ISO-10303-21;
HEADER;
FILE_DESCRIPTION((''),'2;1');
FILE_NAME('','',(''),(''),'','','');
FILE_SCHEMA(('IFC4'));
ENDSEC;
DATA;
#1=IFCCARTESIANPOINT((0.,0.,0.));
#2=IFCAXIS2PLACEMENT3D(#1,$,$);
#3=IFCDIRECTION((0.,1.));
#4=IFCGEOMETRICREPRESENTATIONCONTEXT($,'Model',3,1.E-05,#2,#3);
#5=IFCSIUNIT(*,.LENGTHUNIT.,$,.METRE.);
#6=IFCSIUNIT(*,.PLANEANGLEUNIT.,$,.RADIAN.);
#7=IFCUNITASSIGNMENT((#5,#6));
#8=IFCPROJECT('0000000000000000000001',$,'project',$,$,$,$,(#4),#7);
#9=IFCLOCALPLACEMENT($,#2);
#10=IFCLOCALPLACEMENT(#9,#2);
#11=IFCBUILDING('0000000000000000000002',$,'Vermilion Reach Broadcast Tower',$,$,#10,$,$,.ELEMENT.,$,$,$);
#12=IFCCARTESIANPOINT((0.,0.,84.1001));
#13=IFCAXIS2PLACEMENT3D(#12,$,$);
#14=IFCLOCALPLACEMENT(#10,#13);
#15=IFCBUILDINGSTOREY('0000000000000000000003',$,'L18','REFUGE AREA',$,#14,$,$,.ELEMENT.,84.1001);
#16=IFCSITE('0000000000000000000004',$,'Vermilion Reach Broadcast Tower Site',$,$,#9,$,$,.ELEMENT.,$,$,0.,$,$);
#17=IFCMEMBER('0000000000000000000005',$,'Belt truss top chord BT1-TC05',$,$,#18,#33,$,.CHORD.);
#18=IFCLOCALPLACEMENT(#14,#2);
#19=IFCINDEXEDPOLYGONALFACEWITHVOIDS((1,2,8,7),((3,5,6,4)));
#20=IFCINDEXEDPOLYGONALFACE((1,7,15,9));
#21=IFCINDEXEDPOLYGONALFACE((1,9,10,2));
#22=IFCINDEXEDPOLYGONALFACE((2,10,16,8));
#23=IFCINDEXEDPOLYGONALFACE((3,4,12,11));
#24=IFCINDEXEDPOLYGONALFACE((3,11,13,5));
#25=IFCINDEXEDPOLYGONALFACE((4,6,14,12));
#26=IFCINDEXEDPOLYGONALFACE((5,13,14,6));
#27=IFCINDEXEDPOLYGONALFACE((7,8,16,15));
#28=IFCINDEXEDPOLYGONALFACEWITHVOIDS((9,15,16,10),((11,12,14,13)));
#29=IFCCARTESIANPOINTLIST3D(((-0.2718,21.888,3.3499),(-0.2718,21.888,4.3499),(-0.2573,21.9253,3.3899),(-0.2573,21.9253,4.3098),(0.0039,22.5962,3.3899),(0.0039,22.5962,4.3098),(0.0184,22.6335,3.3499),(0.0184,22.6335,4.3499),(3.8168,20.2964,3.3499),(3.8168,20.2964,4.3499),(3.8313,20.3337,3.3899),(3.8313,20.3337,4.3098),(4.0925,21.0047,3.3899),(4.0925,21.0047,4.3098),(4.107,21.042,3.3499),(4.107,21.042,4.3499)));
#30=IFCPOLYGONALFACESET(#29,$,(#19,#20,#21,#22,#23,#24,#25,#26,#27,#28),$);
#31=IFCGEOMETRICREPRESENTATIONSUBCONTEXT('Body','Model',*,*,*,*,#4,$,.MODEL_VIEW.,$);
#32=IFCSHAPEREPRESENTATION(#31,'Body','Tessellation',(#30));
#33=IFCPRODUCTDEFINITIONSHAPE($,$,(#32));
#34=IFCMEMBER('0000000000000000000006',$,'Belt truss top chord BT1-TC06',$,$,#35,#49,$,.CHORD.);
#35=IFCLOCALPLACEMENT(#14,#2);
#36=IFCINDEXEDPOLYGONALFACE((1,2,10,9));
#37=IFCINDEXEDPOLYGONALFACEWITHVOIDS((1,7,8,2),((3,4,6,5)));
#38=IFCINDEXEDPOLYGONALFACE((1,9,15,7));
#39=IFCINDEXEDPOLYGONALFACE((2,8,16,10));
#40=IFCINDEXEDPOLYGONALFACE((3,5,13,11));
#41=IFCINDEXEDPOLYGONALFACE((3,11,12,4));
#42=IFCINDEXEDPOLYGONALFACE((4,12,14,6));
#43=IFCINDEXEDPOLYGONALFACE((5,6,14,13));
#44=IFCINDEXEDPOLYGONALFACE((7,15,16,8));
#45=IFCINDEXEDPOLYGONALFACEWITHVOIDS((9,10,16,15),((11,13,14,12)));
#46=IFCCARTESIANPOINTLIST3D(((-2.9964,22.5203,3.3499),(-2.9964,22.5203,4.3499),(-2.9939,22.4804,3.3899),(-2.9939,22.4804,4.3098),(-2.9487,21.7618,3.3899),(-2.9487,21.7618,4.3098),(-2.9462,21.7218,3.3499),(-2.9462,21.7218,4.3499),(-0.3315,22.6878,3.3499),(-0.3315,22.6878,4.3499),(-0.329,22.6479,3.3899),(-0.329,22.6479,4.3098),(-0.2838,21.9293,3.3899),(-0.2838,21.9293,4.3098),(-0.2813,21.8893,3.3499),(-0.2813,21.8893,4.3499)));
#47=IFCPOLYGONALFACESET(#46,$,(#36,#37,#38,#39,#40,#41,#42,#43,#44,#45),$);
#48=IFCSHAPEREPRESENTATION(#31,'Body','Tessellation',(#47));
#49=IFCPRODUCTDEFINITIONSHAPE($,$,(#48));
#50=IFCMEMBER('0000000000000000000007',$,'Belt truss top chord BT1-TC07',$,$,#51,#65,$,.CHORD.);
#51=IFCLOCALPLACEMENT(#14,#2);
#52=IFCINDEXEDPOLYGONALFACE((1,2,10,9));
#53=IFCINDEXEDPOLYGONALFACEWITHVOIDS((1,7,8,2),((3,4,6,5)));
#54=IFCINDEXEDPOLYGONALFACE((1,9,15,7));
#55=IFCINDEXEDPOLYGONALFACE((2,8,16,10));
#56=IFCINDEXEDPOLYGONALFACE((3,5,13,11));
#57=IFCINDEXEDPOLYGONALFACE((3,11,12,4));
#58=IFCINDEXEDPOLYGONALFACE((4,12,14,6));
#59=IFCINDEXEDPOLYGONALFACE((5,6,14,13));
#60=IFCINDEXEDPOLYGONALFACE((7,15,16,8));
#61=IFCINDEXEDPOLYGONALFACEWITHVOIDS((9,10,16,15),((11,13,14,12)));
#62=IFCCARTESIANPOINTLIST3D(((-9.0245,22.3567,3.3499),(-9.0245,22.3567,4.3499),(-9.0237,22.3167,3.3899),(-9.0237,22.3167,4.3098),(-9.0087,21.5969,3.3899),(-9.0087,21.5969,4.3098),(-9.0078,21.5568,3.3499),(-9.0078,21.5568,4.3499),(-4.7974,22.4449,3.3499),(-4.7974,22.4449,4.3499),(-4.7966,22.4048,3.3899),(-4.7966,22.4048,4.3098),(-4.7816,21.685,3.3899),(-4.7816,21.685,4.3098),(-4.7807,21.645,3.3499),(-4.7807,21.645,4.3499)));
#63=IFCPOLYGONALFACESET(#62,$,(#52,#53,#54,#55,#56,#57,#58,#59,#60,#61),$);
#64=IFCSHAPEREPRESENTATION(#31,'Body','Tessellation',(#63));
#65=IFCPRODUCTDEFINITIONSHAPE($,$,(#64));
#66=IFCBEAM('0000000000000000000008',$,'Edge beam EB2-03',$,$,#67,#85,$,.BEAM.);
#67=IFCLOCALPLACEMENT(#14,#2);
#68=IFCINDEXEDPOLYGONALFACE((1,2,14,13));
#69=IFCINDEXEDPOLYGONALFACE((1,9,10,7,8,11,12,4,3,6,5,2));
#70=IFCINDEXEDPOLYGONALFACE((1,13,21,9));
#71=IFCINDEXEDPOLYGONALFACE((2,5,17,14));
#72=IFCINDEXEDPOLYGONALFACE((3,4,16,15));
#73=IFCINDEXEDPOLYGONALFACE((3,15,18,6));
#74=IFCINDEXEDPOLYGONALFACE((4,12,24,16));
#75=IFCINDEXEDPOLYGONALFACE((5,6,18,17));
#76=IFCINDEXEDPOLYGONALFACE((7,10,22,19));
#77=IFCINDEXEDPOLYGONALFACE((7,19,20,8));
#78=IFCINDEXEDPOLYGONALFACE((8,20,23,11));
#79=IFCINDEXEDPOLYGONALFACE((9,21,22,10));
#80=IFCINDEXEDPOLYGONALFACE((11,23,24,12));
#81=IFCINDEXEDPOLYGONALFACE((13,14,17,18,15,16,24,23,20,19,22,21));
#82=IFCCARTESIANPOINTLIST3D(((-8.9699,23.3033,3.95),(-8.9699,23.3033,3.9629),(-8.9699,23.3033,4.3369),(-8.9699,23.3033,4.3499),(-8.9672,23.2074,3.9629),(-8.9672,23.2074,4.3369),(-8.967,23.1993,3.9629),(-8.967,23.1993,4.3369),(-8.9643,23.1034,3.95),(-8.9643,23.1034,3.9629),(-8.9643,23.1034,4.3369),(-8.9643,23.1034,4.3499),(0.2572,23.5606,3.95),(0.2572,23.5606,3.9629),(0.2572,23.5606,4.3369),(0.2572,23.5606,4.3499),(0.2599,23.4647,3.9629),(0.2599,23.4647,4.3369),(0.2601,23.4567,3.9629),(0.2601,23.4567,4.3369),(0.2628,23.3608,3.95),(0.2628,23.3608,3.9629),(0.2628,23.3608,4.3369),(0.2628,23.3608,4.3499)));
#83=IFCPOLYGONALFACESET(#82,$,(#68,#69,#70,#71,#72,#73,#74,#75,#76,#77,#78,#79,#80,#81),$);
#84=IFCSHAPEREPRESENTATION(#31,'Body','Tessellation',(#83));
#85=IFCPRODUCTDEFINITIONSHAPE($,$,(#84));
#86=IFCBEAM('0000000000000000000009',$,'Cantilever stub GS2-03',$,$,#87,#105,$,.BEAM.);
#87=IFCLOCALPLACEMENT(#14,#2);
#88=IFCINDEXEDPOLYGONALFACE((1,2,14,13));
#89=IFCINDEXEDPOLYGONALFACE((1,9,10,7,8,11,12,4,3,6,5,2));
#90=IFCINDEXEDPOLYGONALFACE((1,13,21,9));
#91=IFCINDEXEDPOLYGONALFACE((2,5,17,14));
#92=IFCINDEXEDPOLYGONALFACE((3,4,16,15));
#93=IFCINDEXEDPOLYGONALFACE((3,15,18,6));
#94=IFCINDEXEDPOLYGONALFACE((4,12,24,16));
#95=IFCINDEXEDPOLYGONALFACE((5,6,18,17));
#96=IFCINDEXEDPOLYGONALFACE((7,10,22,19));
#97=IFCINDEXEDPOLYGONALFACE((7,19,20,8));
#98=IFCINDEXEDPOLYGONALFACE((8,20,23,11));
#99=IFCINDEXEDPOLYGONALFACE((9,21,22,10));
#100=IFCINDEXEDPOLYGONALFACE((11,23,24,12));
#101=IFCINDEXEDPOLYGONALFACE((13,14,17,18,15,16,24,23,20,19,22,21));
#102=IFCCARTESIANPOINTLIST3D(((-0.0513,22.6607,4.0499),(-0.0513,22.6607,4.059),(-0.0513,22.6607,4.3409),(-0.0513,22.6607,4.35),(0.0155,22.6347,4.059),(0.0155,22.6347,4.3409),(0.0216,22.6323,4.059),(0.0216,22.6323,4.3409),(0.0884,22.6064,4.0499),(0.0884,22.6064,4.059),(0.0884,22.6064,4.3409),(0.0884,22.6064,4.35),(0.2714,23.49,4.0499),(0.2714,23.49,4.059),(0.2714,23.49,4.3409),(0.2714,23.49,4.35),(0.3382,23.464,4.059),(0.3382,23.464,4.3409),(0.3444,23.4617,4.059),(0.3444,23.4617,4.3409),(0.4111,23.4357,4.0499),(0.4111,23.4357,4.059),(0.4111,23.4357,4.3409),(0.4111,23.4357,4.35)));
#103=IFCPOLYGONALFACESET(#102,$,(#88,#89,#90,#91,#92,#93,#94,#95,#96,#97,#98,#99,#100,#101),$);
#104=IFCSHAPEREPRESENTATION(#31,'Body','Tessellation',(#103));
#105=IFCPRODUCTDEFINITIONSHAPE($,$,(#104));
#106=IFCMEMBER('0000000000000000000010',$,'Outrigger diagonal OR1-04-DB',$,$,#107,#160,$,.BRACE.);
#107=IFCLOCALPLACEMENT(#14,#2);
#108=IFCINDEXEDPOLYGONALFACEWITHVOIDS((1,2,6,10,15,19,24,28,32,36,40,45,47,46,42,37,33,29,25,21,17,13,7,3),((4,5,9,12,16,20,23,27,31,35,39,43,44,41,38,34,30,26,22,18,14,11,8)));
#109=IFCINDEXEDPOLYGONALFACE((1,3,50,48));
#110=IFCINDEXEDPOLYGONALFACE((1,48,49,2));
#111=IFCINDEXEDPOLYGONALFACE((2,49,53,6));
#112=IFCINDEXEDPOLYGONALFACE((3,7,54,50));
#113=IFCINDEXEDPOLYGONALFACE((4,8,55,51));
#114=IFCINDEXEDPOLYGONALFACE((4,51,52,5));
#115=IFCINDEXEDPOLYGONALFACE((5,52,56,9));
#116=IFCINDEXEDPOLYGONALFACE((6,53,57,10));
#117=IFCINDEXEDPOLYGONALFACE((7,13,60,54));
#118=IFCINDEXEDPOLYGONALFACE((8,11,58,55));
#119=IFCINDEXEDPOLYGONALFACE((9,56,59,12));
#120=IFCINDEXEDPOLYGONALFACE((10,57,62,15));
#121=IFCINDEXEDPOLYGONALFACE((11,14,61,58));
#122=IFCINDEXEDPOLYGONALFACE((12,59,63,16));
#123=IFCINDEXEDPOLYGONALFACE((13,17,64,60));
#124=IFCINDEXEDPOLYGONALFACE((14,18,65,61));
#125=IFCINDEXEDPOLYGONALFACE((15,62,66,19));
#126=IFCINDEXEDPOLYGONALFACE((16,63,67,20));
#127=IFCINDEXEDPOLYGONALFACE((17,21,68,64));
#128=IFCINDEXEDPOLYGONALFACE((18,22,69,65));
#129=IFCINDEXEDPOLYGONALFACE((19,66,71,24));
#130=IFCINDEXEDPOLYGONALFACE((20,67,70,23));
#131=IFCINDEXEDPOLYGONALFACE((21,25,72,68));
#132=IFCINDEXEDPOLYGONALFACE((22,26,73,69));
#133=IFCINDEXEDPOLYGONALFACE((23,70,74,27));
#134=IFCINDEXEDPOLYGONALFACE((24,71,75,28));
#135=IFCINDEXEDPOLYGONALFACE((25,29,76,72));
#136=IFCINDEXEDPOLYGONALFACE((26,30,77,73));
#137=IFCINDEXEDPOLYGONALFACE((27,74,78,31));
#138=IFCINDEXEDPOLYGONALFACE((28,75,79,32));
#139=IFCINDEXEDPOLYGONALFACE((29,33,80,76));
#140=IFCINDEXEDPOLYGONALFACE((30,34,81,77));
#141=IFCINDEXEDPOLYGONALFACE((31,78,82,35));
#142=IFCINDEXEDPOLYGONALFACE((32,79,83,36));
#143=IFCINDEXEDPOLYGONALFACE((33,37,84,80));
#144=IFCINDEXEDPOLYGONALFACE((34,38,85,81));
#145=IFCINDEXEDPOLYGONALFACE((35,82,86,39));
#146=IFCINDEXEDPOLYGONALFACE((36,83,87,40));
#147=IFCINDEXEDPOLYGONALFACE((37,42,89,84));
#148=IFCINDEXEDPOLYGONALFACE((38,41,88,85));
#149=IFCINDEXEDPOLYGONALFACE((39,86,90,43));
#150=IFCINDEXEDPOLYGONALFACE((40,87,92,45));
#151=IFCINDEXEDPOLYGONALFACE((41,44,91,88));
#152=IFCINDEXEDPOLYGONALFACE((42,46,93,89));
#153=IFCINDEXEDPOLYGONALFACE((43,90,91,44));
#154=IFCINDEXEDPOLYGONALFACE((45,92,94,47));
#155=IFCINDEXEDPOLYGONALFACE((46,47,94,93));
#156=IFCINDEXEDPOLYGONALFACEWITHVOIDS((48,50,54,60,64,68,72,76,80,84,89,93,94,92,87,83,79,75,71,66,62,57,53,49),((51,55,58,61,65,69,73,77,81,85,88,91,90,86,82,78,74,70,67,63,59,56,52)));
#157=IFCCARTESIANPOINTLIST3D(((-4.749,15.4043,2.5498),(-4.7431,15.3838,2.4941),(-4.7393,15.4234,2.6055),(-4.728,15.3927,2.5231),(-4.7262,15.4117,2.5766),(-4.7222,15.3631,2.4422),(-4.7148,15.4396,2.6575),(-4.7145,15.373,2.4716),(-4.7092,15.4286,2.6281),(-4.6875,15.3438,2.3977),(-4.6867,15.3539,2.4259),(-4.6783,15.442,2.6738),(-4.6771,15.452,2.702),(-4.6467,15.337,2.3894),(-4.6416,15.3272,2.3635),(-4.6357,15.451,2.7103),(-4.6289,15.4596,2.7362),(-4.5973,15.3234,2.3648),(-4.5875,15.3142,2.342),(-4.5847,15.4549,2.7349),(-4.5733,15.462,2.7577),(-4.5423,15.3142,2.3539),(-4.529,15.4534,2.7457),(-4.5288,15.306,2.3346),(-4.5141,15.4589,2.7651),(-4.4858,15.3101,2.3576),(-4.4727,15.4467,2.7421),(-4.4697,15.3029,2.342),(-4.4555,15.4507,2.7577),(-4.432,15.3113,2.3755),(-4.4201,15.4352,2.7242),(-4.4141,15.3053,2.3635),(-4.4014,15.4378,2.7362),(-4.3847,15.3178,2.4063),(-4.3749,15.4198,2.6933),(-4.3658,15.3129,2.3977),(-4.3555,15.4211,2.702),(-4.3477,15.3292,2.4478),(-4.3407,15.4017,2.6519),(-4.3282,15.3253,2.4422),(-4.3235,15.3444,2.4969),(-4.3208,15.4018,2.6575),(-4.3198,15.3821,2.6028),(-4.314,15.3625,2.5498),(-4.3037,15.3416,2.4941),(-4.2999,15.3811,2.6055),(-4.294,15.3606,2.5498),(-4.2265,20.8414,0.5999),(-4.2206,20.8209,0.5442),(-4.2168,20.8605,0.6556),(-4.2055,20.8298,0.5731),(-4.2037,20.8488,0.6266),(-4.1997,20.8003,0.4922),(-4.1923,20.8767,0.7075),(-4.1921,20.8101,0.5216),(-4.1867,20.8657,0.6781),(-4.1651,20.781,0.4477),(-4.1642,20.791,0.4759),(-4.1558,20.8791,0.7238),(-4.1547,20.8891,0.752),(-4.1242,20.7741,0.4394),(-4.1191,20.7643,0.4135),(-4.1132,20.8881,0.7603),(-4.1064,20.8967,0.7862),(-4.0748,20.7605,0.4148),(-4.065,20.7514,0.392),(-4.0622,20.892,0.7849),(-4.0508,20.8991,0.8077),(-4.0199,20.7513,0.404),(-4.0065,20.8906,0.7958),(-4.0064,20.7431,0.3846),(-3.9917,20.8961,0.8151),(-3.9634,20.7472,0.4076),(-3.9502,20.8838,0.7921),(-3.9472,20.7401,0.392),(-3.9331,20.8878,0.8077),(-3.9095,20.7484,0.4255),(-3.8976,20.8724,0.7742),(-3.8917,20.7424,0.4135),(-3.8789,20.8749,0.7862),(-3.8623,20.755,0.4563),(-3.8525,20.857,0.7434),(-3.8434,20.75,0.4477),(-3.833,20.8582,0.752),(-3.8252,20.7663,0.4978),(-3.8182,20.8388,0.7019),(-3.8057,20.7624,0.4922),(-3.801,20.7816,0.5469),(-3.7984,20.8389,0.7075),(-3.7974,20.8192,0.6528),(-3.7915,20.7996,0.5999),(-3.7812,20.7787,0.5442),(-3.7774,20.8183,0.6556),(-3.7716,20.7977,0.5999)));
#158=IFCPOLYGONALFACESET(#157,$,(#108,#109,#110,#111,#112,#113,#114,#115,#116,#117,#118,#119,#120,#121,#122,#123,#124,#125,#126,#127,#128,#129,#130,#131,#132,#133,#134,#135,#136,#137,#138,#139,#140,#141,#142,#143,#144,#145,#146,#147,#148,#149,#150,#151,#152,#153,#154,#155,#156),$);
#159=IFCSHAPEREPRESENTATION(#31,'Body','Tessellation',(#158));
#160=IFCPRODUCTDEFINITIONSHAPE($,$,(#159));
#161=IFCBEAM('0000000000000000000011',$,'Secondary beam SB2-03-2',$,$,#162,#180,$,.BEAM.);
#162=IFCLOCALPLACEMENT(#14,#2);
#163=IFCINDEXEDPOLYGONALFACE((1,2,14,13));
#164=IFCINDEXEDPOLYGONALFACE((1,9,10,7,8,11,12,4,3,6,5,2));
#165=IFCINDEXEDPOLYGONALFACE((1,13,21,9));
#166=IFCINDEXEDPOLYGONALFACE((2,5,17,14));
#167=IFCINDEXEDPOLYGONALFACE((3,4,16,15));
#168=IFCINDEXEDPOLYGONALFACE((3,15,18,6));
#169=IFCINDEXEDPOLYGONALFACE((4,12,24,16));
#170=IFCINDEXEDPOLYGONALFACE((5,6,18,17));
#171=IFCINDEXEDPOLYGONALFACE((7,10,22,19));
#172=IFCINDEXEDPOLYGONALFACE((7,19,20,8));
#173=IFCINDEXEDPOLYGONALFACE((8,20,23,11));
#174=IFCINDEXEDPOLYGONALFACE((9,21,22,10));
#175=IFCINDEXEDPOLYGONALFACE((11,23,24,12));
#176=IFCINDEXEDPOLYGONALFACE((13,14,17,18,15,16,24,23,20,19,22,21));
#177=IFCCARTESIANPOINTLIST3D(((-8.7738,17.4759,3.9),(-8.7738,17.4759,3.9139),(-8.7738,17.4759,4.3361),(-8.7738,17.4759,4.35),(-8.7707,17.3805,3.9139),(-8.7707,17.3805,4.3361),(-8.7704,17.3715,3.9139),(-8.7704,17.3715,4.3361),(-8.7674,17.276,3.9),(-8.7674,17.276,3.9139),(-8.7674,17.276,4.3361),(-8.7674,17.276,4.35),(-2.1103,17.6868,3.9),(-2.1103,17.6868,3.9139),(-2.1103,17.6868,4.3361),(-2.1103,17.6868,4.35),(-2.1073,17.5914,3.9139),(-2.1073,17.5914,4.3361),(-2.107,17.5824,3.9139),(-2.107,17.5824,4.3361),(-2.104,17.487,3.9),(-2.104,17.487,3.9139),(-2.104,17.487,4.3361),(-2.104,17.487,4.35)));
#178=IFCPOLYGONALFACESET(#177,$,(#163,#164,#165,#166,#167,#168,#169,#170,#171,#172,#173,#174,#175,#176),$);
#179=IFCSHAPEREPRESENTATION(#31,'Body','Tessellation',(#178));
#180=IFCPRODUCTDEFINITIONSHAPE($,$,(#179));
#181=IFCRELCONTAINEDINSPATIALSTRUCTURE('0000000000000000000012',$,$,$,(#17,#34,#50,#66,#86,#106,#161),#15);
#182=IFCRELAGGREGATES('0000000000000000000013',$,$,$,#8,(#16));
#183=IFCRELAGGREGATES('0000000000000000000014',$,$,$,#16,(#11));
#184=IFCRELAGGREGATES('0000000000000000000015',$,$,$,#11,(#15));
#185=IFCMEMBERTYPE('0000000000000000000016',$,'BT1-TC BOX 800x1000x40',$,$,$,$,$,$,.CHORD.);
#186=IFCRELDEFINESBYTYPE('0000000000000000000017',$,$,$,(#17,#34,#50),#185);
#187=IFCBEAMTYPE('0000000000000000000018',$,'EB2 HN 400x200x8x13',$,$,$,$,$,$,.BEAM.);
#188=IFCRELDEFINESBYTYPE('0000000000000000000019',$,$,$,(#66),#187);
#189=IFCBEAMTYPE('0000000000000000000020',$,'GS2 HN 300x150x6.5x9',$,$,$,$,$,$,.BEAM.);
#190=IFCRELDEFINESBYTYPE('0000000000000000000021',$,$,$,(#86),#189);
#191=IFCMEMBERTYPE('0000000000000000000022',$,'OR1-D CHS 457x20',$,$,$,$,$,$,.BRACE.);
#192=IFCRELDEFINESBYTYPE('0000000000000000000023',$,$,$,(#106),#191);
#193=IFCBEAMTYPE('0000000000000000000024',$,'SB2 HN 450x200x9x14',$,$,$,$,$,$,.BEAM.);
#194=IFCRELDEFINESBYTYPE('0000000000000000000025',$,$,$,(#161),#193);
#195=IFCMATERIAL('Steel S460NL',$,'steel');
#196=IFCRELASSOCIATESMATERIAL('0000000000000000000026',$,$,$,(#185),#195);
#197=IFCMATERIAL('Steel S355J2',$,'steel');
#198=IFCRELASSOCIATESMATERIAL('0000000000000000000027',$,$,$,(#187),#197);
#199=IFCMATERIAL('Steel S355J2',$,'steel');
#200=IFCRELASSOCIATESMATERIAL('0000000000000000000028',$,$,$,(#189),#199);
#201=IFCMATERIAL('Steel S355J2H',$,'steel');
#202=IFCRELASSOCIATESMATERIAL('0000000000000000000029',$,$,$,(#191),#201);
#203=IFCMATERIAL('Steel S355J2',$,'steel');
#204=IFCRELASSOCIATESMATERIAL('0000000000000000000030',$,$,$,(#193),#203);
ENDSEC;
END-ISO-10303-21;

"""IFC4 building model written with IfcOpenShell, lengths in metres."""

from ifc_helpers import new_model, si_unit, direction, frame, origin, origin_2d, place, context, subcontext, project, spatial, hollow_rectangle, hollow_circle, i_section, extrude, material, material_profile, profile_set, type_object, element, save


model = new_model("IFC4")

# Units and contexts
model_context = context("Model", 3, precision=1e-05, world=origin(), true_north=direction((0.0, 1.0)))
body_context = subcontext(model_context, "Body", "Model", "MODEL_VIEW")
ifc_project = project(units=[si_unit("LENGTHUNIT", "METRE"), si_unit("PLANEANGLEUNIT", "RADIAN")], contexts=[model_context])

# Site, building, storey
site_placement = place(None, origin())
site = spatial("IfcSite", under=ifc_project, at=site_placement, Name="Vermilion Reach Broadcast Tower Site", CompositionType="ELEMENT", RefElevation=0.0)
building_placement = place(site_placement, origin())
building = spatial("IfcBuilding", under=site, at=building_placement, Name="Vermilion Reach Broadcast Tower", CompositionType="ELEMENT")
storey_placement = place(building_placement, frame((0.0, 0.0, 84.1001)))
storey = spatial("IfcBuildingStorey", under=building, at=storey_placement, Name="L18", Description="REFUGE AREA", CompositionType="ELEMENT", Elevation=84.1001)

# Members
ifc_material_1 = material(Name="Steel S460NL", Category="steel")
ifc_material_profile_1 = material_profile(ifc_material_1, hollow_rectangle(XDim=0.8, YDim=1.0, WallThickness=0.04, at=origin_2d()), Name="S460NL BOX 800x1000x40")
ifc_profile_set_1 = profile_set([ifc_material_profile_1], Name="Steel S460NL")
member_type_1 = type_object("IfcMemberType", Name="BT1-TC BOX 800x1000x40", PredefinedType="CHORD", material=ifc_profile_set_1)
member_1_placement = place(storey_placement, frame((3.9619, 20.6692, 3.8499), z_axis=(-0.931887, 0.36275, 0.0), x_axis=(-0.36275, -0.931887, 0.0)))
element("IfcMember", 1, at=member_1_placement, inside=storey, type_object=member_type_1, Name="Belt truss top chord BT1-TC05", PredefinedType="CHORD", context=body_context, shape_type="SweptSolid", body=[
    extrude(hollow_rectangle(XDim=0.8, YDim=1.0, WallThickness=0.04, at=origin_2d()), origin(), (0.0, 0.0, 1.0), 4.3875),
])
member_2_placement = place(storey_placement, frame((-0.3064, 22.2886, 3.8499), z_axis=(-0.998031, -0.062726, 0.0), x_axis=(0.062726, -0.998031, 0.0)))
element("IfcMember", 2, at=member_2_placement, inside=storey, type_object=member_type_1, Name="Belt truss top chord BT1-TC06", PredefinedType="CHORD", context=body_context, shape_type="SweptSolid", body=[
    extrude(hollow_rectangle(XDim=0.8, YDim=1.0, WallThickness=0.04, at=origin_2d()), origin(), (0.0, 0.0, 1.0), 2.6702),
])
member_3_placement = place(storey_placement, frame((-4.7891, 22.0449, 3.8499), z_axis=(-0.999783, -0.020846, 0.0), x_axis=(0.020846, -0.999783, 0.0)))
element("IfcMember", 3, at=member_3_placement, inside=storey, type_object=member_type_1, Name="Belt truss top chord BT1-TC07", PredefinedType="CHORD", context=body_context, shape_type="SweptSolid", body=[
    extrude(hollow_rectangle(XDim=0.8, YDim=1.0, WallThickness=0.04, at=origin_2d()), origin(), (0.0, 0.0, 1.0), 4.228),
])

# Beams
ifc_material_2 = material(Name="Steel S355J2", Category="steel")
ifc_material_profile_2 = material_profile(ifc_material_2, i_section(OverallWidth=0.2, OverallDepth=0.3999, WebThickness=0.0081, FlangeThickness=0.0129, at=origin_2d()), Name="S355J2 HN 400x200x8x13")
ifc_profile_set_2 = profile_set([ifc_material_profile_2], Name="Steel S355J2")
beam_type_1 = type_object("IfcBeamType", Name="EB2 HN 400x200x8x13", PredefinedType="BEAM", material=ifc_profile_set_2)
beam_1_placement = place(storey_placement, frame((0.26, 23.4607, 4.1499), z_axis=(-0.999611, -0.027877, 0.0), x_axis=(0.027877, -0.999611, 0.0)))
element("IfcBeam", 4, at=beam_1_placement, inside=storey, type_object=beam_type_1, Name="Edge beam EB2-03", PredefinedType="BEAM", context=body_context, shape_type="SweptSolid", body=[
    extrude(i_section(OverallWidth=0.2, OverallDepth=0.3999, WebThickness=0.0081, FlangeThickness=0.0129, at=origin_2d()), origin(), (0.0, 0.0, 1.0), 9.2307),
])
ifc_material_3 = material(Name="Steel S355J2", Category="steel")
ifc_material_profile_3 = material_profile(ifc_material_3, i_section(OverallWidth=0.1499, OverallDepth=0.3, WebThickness=0.0066, FlangeThickness=0.009, at=origin_2d()), Name="S355J2 HN 300x150x6.5x9")
ifc_profile_set_3 = profile_set([ifc_material_profile_3], Name="Steel S355J2")
beam_type_2 = type_object("IfcBeamType", Name="GS2 HN 300x150x6.5x9", PredefinedType="BEAM", material=ifc_profile_set_3)
beam_2_placement = place(storey_placement, frame((0.0186, 22.6335, 4.2), z_axis=(0.362671, 0.931917, 0.0), x_axis=(-0.931917, 0.362671, 0.0)))
element("IfcBeam", 5, at=beam_2_placement, inside=storey, type_object=beam_type_2, Name="Cantilever stub GS2-03", PredefinedType="BEAM", context=body_context, shape_type="SweptSolid", body=[
    extrude(i_section(OverallWidth=0.1499, OverallDepth=0.3, WebThickness=0.0066, FlangeThickness=0.009, at=origin_2d()), origin(), (0.0, 0.0, 1.0), 0.8899),
])

# Member
ifc_material_4 = material(Name="Steel S355J2H", Category="steel")
ifc_material_profile_4 = material_profile(ifc_material_4, hollow_circle(Radius=0.2285, WallThickness=0.02, at=origin_2d()), Name="S355J2H CHS 457x20")
ifc_profile_set_4 = profile_set([ifc_material_profile_4], Name="Steel S355J2H")
member_type_2 = type_object("IfcMemberType", Name="OR1-D CHS 457x20", PredefinedType="BRACE", material=ifc_profile_set_4)
member_4_placement = place(storey_placement, frame((-3.999, 20.8196, 0.5999), z_axis=(-0.090084, -0.937466, 0.336217), x_axis=(0.995415, -0.095653, 0.0)))
element("IfcMember", 6, at=member_4_placement, inside=storey, type_object=member_type_2, Name="Outrigger diagonal OR1-04-DB", PredefinedType="BRACE", context=body_context, shape_type="SweptSolid", body=[
    extrude(hollow_circle(Radius=0.2285, WallThickness=0.02, at=origin_2d()), origin(), (0.0, 0.0, 1.0), 5.7998),
])

# Beam
ifc_material_5 = material(Name="Steel S355J2", Category="steel")
ifc_material_profile_5 = material_profile(ifc_material_5, i_section(OverallWidth=0.2, OverallDepth=0.45, WebThickness=0.009, FlangeThickness=0.0139, at=origin_2d()), Name="S355J2 HN 450x200x9x14")
ifc_profile_set_5 = profile_set([ifc_material_profile_5], Name="Steel S355J2")
beam_type_3 = type_object("IfcBeamType", Name="SB2 HN 450x200x9x14", PredefinedType="BEAM", material=ifc_profile_set_5)
beam_3_placement = place(storey_placement, frame((-2.1072, 17.5869, 4.125), z_axis=(-0.999499, -0.031641, 0.0), x_axis=(0.031641, -0.999499, 0.0)))
element("IfcBeam", 7, at=beam_3_placement, inside=storey, type_object=beam_type_3, Name="Secondary beam SB2-03-2", PredefinedType="BEAM", context=body_context, shape_type="SweptSolid", body=[
    extrude(i_section(OverallWidth=0.2, OverallDepth=0.45, WebThickness=0.009, FlangeThickness=0.0139, at=origin_2d()), origin(), (0.0, 0.0, 1.0), 6.6667),
])

save(model, "model.ifc")
